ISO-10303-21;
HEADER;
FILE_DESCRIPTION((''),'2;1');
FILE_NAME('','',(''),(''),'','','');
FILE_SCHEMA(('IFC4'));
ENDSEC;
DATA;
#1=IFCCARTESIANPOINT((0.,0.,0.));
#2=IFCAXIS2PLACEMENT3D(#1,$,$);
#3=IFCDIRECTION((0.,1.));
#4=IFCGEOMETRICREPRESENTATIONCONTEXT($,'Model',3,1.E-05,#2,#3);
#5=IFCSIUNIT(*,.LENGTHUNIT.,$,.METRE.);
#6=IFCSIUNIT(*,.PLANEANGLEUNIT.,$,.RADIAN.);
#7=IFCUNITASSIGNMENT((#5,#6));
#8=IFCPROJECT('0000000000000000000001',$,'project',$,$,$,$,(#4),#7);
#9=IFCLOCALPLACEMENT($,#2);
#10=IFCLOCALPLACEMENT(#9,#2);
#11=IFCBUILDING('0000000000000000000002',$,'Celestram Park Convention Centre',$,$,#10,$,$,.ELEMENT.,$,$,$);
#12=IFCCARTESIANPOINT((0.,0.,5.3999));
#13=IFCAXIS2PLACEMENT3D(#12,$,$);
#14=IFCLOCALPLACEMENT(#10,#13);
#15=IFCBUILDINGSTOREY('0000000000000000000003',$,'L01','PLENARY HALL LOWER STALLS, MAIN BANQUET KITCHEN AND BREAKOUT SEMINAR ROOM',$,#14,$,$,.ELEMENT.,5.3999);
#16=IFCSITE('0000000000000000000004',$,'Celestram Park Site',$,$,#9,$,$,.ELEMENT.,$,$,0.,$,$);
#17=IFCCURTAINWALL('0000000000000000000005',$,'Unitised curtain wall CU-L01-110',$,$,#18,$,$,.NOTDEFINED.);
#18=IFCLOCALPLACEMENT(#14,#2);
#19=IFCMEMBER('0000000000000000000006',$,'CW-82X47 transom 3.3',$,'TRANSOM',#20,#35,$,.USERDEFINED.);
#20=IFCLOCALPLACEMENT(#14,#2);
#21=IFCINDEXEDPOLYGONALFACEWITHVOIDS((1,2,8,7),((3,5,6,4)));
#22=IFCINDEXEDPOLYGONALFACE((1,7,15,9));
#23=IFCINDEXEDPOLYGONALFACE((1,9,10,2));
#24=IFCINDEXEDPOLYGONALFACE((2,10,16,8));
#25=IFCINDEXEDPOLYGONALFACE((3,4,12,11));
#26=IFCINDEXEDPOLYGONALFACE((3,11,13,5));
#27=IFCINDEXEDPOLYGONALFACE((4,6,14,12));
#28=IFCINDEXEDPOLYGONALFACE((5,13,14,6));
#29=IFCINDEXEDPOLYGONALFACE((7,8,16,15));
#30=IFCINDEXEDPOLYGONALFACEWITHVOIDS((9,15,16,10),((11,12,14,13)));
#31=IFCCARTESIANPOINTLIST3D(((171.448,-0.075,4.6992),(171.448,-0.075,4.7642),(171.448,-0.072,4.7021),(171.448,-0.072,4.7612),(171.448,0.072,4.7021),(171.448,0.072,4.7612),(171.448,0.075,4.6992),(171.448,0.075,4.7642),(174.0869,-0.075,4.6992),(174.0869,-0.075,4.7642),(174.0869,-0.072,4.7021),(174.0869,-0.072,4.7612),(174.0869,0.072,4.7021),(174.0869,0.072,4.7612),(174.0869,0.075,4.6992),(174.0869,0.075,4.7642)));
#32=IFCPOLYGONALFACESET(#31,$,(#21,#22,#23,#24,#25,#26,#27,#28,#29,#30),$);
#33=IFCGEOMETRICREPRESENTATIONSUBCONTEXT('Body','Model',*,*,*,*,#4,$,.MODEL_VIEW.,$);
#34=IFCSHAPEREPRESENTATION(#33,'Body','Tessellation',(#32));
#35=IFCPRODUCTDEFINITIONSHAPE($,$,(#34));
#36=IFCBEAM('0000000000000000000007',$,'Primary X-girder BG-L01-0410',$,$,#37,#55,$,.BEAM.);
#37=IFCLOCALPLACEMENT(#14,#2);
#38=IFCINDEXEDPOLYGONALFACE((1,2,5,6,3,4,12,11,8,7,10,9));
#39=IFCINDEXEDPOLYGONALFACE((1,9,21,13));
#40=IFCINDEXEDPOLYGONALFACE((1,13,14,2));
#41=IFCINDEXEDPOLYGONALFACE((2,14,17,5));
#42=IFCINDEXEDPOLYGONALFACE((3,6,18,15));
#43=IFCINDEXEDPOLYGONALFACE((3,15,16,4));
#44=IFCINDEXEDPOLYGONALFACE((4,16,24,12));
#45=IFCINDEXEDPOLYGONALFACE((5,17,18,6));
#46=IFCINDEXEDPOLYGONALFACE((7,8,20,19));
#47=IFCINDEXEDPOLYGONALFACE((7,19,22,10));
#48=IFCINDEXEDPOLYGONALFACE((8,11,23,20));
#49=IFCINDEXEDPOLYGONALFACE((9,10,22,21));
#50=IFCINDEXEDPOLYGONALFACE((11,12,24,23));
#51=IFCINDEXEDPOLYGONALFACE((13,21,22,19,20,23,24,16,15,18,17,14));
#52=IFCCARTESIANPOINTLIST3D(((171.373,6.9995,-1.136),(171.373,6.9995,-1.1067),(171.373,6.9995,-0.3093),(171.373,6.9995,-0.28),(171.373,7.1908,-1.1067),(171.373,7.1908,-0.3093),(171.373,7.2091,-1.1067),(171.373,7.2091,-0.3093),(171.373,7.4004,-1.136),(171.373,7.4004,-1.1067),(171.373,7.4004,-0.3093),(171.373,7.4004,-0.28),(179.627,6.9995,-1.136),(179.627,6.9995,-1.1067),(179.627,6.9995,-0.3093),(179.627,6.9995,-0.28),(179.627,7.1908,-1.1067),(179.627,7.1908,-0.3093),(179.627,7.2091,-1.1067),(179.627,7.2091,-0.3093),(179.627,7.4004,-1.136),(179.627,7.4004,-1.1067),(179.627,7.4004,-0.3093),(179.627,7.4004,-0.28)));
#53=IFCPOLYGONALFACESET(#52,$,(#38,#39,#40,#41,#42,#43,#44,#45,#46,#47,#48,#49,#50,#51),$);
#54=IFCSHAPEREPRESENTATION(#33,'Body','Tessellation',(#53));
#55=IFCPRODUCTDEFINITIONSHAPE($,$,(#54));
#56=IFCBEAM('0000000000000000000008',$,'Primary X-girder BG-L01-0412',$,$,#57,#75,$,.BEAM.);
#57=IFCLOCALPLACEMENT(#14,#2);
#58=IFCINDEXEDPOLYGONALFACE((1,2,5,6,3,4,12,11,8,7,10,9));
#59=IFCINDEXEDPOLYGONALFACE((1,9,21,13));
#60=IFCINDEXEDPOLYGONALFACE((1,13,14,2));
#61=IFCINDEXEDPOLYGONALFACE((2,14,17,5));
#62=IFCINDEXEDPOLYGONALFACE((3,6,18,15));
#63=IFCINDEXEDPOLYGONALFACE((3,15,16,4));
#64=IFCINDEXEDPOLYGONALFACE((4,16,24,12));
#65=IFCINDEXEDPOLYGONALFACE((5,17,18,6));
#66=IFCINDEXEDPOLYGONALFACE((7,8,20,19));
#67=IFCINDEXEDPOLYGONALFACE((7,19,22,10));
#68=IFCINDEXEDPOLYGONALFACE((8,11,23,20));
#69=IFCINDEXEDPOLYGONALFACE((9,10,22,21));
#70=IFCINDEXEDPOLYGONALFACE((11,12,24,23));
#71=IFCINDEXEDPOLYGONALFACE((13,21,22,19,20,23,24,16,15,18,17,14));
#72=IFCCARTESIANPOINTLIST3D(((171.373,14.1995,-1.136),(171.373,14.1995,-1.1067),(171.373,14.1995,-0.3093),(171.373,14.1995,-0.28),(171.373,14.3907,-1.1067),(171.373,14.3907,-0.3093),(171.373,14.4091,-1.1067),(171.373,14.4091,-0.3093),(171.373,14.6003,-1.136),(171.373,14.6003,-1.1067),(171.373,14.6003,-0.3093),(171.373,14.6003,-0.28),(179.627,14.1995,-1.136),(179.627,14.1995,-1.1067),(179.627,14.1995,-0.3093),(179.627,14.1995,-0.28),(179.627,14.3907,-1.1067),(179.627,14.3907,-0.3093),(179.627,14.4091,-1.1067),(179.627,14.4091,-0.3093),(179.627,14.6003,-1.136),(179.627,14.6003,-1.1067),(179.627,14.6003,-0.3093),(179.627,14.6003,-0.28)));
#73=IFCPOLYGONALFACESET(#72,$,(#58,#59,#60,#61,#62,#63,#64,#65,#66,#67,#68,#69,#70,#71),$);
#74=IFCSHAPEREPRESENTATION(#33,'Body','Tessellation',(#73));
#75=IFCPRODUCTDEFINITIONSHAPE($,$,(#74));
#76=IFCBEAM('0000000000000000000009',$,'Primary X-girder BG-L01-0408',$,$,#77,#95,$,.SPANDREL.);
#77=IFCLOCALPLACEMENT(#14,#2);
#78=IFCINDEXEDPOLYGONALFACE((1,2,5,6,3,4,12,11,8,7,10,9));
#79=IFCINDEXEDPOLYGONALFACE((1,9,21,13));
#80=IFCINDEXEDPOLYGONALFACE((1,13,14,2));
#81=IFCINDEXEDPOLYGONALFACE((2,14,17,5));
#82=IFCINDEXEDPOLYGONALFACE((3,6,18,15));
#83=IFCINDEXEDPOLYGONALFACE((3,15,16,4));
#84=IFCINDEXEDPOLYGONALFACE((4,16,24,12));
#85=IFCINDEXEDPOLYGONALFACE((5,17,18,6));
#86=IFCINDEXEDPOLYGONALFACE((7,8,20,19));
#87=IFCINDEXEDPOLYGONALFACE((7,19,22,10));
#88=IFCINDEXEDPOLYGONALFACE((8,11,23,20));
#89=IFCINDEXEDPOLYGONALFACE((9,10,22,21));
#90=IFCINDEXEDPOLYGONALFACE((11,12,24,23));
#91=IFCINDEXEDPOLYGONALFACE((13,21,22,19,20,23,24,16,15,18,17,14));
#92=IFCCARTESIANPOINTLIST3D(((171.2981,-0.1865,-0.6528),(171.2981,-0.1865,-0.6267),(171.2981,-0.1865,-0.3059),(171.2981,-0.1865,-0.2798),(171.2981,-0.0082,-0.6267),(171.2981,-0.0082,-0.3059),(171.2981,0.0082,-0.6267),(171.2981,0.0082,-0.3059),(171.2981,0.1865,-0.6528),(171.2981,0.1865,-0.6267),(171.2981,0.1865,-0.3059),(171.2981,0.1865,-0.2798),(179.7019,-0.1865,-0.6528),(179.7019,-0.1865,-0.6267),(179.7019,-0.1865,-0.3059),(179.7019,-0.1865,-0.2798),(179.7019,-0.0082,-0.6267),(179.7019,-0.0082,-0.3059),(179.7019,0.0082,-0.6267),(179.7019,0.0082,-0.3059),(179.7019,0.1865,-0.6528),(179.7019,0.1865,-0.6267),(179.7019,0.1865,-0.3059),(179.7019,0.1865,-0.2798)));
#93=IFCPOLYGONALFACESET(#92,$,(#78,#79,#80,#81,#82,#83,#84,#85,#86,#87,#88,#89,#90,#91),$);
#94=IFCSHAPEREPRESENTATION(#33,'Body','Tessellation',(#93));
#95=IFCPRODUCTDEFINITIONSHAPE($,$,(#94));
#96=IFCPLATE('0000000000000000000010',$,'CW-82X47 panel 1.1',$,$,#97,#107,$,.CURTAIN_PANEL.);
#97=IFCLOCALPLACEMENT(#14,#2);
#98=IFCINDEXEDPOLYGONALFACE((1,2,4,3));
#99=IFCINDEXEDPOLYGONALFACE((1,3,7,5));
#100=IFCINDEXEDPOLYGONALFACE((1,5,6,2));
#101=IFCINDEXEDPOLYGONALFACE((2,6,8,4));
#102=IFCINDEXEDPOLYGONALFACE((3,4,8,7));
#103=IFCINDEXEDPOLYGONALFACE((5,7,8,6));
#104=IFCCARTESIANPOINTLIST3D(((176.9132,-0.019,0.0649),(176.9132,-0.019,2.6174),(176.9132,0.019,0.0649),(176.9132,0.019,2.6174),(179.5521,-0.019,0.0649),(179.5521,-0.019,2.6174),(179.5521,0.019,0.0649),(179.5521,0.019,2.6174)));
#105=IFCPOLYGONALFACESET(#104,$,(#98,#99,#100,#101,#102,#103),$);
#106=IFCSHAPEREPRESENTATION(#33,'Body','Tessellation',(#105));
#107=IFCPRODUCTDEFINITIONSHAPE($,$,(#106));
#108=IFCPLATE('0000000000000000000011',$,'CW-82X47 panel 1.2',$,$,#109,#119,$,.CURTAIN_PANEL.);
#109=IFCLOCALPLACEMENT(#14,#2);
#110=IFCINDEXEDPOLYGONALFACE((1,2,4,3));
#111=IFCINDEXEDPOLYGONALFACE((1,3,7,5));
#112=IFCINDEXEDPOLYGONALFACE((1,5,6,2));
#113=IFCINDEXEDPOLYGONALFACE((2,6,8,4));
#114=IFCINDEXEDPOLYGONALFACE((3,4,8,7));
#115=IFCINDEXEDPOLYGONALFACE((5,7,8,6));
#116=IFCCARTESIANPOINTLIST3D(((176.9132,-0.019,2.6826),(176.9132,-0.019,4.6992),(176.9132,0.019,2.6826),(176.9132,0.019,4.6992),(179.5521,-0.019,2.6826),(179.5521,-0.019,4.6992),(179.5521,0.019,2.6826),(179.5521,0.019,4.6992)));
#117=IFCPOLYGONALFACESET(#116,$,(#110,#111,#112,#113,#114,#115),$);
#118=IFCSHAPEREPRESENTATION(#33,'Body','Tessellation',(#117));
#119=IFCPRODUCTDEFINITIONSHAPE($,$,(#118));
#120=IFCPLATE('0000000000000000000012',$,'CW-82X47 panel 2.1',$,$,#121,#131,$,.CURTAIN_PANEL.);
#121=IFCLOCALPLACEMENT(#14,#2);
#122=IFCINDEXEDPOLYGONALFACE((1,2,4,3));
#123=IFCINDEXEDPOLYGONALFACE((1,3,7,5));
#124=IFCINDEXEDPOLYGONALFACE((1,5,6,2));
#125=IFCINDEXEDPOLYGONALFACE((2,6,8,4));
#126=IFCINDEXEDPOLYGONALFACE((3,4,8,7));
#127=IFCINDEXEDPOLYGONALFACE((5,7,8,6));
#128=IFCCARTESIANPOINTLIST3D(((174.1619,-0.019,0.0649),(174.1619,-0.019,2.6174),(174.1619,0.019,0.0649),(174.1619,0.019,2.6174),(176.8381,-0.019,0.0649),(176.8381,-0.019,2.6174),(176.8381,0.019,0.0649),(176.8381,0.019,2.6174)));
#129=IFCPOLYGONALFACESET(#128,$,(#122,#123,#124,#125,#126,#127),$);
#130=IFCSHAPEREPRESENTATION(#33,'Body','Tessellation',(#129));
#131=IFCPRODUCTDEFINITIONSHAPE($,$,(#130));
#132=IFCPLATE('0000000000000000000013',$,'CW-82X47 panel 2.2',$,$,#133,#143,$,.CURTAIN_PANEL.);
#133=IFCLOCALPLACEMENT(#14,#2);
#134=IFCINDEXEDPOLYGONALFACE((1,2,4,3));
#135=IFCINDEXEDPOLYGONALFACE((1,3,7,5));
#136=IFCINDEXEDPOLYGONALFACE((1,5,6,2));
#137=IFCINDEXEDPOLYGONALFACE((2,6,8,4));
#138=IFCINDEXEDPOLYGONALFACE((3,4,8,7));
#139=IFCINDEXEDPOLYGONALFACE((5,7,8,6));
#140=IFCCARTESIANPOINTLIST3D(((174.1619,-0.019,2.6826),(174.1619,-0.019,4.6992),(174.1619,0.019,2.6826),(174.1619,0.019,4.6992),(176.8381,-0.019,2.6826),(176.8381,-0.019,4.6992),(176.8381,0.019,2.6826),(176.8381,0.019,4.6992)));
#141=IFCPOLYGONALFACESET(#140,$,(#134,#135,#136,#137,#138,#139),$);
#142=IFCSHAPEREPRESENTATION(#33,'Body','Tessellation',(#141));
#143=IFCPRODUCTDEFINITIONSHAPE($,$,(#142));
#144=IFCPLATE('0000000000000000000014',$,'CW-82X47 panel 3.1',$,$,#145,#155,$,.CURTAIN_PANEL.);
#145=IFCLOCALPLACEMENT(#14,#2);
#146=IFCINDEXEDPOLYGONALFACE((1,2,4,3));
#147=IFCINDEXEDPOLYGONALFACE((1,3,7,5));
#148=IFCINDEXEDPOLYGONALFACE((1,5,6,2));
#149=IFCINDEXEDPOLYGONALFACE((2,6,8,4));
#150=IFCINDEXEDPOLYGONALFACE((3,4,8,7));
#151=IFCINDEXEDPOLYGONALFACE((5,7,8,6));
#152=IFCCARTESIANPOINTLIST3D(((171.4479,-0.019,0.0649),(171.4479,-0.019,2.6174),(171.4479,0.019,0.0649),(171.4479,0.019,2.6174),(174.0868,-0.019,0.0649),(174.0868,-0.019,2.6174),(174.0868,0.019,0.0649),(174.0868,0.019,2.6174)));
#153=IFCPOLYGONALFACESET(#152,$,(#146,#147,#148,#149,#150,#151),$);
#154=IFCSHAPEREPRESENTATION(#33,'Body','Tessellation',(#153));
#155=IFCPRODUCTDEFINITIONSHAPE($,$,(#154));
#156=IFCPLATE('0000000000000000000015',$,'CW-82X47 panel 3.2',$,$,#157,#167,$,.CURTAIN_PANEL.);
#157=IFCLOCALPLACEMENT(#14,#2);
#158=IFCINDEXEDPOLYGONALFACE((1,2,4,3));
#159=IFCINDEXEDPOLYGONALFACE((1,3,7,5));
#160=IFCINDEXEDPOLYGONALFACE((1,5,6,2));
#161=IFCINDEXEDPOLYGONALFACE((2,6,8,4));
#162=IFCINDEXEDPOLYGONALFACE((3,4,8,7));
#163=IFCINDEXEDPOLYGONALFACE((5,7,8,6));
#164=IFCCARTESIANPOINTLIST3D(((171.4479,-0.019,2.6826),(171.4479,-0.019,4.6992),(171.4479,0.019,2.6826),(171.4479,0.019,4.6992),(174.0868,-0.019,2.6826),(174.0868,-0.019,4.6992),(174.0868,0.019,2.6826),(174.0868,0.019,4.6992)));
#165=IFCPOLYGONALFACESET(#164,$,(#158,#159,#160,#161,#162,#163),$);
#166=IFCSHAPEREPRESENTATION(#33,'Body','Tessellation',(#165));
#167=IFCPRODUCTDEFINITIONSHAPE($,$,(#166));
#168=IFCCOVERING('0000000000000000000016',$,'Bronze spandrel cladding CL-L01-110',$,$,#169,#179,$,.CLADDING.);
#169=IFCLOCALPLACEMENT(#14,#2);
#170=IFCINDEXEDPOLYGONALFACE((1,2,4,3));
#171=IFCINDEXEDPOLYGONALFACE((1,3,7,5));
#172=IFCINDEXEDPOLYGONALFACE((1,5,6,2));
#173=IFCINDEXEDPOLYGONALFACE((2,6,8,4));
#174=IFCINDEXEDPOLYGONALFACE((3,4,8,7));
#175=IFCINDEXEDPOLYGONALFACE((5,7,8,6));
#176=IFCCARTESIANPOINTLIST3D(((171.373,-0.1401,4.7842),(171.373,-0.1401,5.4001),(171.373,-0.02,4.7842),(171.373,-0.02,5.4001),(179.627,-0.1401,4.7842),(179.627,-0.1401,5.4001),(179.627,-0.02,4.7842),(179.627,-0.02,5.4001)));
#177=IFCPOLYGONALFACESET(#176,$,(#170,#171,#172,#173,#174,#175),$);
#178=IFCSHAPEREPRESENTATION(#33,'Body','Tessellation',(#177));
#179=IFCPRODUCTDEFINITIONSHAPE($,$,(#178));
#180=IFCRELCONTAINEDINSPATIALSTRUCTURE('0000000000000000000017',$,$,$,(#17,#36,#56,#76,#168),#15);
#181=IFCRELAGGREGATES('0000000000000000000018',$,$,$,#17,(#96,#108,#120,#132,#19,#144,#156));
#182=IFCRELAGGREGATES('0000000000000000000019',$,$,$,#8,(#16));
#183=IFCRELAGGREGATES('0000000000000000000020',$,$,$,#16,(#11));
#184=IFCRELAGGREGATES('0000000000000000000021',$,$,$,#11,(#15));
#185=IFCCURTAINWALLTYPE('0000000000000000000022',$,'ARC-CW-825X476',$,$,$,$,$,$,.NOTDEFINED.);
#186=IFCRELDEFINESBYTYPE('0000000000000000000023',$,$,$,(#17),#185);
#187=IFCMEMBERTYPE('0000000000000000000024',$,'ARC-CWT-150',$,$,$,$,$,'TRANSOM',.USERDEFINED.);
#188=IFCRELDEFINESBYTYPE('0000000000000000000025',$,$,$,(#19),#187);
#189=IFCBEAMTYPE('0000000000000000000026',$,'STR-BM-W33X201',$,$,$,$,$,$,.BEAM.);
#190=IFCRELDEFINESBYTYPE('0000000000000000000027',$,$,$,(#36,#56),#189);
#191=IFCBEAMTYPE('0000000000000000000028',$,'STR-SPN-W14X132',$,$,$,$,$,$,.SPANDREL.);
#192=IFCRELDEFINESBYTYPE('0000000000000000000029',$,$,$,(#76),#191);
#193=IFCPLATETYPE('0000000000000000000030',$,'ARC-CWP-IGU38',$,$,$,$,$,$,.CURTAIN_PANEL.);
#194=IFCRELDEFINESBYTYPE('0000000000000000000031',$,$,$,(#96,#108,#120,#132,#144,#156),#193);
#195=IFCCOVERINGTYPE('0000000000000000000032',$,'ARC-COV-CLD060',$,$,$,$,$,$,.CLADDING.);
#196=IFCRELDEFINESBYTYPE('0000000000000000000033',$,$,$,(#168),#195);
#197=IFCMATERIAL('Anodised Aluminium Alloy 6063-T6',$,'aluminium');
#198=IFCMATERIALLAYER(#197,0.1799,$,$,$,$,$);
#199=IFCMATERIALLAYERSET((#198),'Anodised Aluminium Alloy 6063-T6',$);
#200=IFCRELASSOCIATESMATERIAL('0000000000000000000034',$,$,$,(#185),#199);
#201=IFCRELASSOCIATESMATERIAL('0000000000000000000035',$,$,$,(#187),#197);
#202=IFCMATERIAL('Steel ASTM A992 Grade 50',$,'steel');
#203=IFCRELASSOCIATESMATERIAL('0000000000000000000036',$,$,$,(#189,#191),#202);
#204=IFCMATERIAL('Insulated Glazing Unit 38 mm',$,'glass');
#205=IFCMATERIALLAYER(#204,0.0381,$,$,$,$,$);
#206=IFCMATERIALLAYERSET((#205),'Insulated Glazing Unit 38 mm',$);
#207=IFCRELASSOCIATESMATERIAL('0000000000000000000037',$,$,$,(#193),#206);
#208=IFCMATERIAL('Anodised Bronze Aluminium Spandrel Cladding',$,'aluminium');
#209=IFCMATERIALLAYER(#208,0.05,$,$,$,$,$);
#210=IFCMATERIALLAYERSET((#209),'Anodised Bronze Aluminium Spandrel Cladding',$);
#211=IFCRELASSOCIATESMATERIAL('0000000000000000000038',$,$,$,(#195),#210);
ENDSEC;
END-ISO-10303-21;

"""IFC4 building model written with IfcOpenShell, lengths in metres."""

from ifc_helpers import new_model, si_unit, direction, frame, origin, origin_2d, place, context, subcontext, project, spatial, rectangle, hollow_rectangle, i_section, extrude, material, layer, layer_set, material_profile, profile_set, type_object, element, aggregate, save


model = new_model("IFC4")

# Units and contexts
model_context = context("Model", 3, precision=1e-05, world=origin(), true_north=direction((0.0, 1.0)))
body_context = subcontext(model_context, "Body", "Model", "MODEL_VIEW")
ifc_project = project(units=[si_unit("LENGTHUNIT", "METRE"), si_unit("PLANEANGLEUNIT", "RADIAN")], contexts=[model_context])

# Site, building, storey
site_placement = place(None, origin())
site = spatial("IfcSite", under=ifc_project, at=site_placement, Name="Celestram Park Site", CompositionType="ELEMENT", RefElevation=0.0)
building_placement = place(site_placement, origin())
building = spatial("IfcBuilding", under=site, at=building_placement, Name="Celestram Park Convention Centre", CompositionType="ELEMENT")
storey_placement = place(building_placement, frame((0.0, 0.0, 5.3999)))
storey = spatial("IfcBuildingStorey", under=building, at=storey_placement, Name="L01", Description="PLENARY HALL LOWER STALLS, MAIN BANQUET KITCHEN AND BREAKOUT SEMINAR ROOM", CompositionType="ELEMENT", Elevation=5.3999)

# Curtain wall, member
ifc_material_1 = material(Name="Anodised Aluminium Alloy 6063-T6", Category="aluminium")
ifc_layer_1 = layer(ifc_material_1, 0.1799)
ifc_layer_set_1 = layer_set([ifc_layer_1], Name="Anodised Aluminium Alloy 6063-T6")
curtain_wall_type = type_object("IfcCurtainWallType", Name="ARC-CW-825X476", PredefinedType="NOTDEFINED", material=ifc_layer_set_1)
curtain_wall_placement = place(storey_placement, origin())
curtain_wall = element("IfcCurtainWall", 1, at=curtain_wall_placement, inside=storey, type_object=curtain_wall_type, Name="Unitised curtain wall CU-L01-110", PredefinedType="NOTDEFINED")
ifc_material_profile_1 = material_profile(ifc_material_1, hollow_rectangle(XDim=0.1499, YDim=0.0649, WallThickness=0.0029, at=origin_2d()), Name="ALU150X65X3")
ifc_profile_set_1 = profile_set([ifc_material_profile_1], Name="Anodised Aluminium Alloy 6063-T6")
member_type_1 = type_object("IfcMemberType", Name="ARC-CWT-150", ElementType="TRANSOM", PredefinedType="USERDEFINED", material=ifc_profile_set_1)
member_1_placement = place(storey_placement, frame((174.0869, 0.0, 4.7317), z_axis=(-1.0, 0.0, 0.0), x_axis=(0.0, -1.0, 0.0)))
member_1 = element("IfcMember", 2, at=member_1_placement, type_object=member_type_1, Name="CW-82X47 transom 3.3", ObjectType="TRANSOM", PredefinedType="USERDEFINED", context=body_context, shape_type="SweptSolid", body=[
    extrude(hollow_rectangle(XDim=0.1499, YDim=0.0649, WallThickness=0.0029, at=origin_2d()), origin(), (0.0, 0.0, 1.0), 2.6389),
])

# Beams
ifc_material_2 = material(Name="Steel ASTM A992 Grade 50", Category="steel")
ifc_material_profile_2 = material_profile(ifc_material_2, i_section(OverallWidth=0.4009, OverallDepth=0.856, WebThickness=0.0183, FlangeThickness=0.0293, at=origin_2d()), Name="W33X201")
ifc_profile_set_2 = profile_set([ifc_material_profile_2], Name="Steel ASTM A992 Grade 50")
beam_type_1 = type_object("IfcBeamType", Name="STR-BM-W33X201", PredefinedType="BEAM", material=ifc_profile_set_2)
for number, where, z_axis, x_axis, name in (
    (3, (171.373, 7.2, -0.708), (1.0, 0.0, 0.0), (0.0, 1.0, 0.0), "Primary X-girder BG-L01-0410"),
    (4, (171.373, 14.3999, -0.708), (1.0, 0.0, 0.0), (0.0, 1.0, 0.0), "Primary X-girder BG-L01-0412"),
):
    element("IfcBeam", number, at=place(storey_placement, frame(where, z_axis=z_axis, x_axis=x_axis)), inside=storey, type_object=beam_type_1, Name=name, PredefinedType="BEAM", context=body_context, shape_type="SweptSolid", body=[
        extrude(i_section(OverallWidth=0.4009, OverallDepth=0.856, WebThickness=0.0183, FlangeThickness=0.0293, at=origin_2d()), origin(), (0.0, 0.0, 1.0), 8.2539),
    ])
ifc_material_profile_3 = material_profile(ifc_material_2, i_section(OverallWidth=0.373, OverallDepth=0.373, WebThickness=0.0164, FlangeThickness=0.0261, at=origin_2d()), Name="W14X132")
ifc_profile_set_3 = profile_set([ifc_material_profile_3], Name="Steel ASTM A992 Grade 50")
beam_type_2 = type_object("IfcBeamType", Name="STR-SPN-W14X132", PredefinedType="SPANDREL", material=ifc_profile_set_3)
beam_placement = place(storey_placement, frame((171.2981, 0.0, -0.4663), z_axis=(1.0, 0.0, 0.0), x_axis=(0.0, 1.0, 0.0)))
element("IfcBeam", 5, at=beam_placement, inside=storey, type_object=beam_type_2, Name="Primary X-girder BG-L01-0408", PredefinedType="SPANDREL", context=body_context, shape_type="SweptSolid", body=[
    extrude(i_section(OverallWidth=0.373, OverallDepth=0.373, WebThickness=0.0164, FlangeThickness=0.0261, at=origin_2d()), origin(), (0.0, 0.0, 1.0), 8.4038),
])

# Plates
ifc_material_3 = material(Name="Insulated Glazing Unit 38 mm", Category="glass")
ifc_layer_2 = layer(ifc_material_3, 0.0381)
ifc_layer_set_2 = layer_set([ifc_layer_2], Name="Insulated Glazing Unit 38 mm")
plate_type = type_object("IfcPlateType", Name="ARC-CWP-IGU38", PredefinedType="CURTAIN_PANEL", material=ifc_layer_set_2)
plate_1_placement = place(storey_placement, frame((178.2327, 0.0, 0.0649), z_axis=(0.0, 0.0, 1.0), x_axis=(-1.0, 0.0, 0.0)))
plate_1 = element("IfcPlate", 6, at=plate_1_placement, type_object=plate_type, Name="CW-82X47 panel 1.1", PredefinedType="CURTAIN_PANEL", context=body_context, shape_type="SweptSolid", body=[
    extrude(rectangle(XDim=2.6389, YDim=0.0381, at=origin_2d()), origin(), (0.0, 0.0, 1.0), 2.5525),
])
plate_2_placement = place(storey_placement, frame((178.2327, 0.0, 2.6826), z_axis=(0.0, 0.0, 1.0), x_axis=(-1.0, 0.0, 0.0)))
plate_2 = element("IfcPlate", 7, at=plate_2_placement, type_object=plate_type, Name="CW-82X47 panel 1.2", PredefinedType="CURTAIN_PANEL", context=body_context, shape_type="SweptSolid", body=[
    extrude(rectangle(XDim=2.6389, YDim=0.0381, at=origin_2d()), origin(), (0.0, 0.0, 1.0), 2.0166),
])
plate_3_placement = place(storey_placement, frame((175.5, 0.0, 0.0649), z_axis=(0.0, 0.0, 1.0), x_axis=(-1.0, 0.0, 0.0)))
plate_3 = element("IfcPlate", 8, at=plate_3_placement, type_object=plate_type, Name="CW-82X47 panel 2.1", PredefinedType="CURTAIN_PANEL", context=body_context, shape_type="SweptSolid", body=[
    extrude(rectangle(XDim=2.6763, YDim=0.0381, at=origin_2d()), origin(), (0.0, 0.0, 1.0), 2.5525),
])
plate_4_placement = place(storey_placement, frame((175.5, 0.0, 2.6826), z_axis=(0.0, 0.0, 1.0), x_axis=(-1.0, 0.0, 0.0)))
plate_4 = element("IfcPlate", 9, at=plate_4_placement, type_object=plate_type, Name="CW-82X47 panel 2.2", PredefinedType="CURTAIN_PANEL", context=body_context, shape_type="SweptSolid", body=[
    extrude(rectangle(XDim=2.6763, YDim=0.0381, at=origin_2d()), origin(), (0.0, 0.0, 1.0), 2.0166),
])
plate_5_placement = place(storey_placement, frame((172.7673, 0.0, 0.0649), z_axis=(0.0, 0.0, 1.0), x_axis=(-1.0, 0.0, 0.0)))
plate_5 = element("IfcPlate", 10, at=plate_5_placement, type_object=plate_type, Name="CW-82X47 panel 3.1", PredefinedType="CURTAIN_PANEL", context=body_context, shape_type="SweptSolid", body=[
    extrude(rectangle(XDim=2.6389, YDim=0.0381, at=origin_2d()), origin(), (0.0, 0.0, 1.0), 2.5525),
])
plate_6_placement = place(storey_placement, frame((172.7673, 0.0, 2.6826), z_axis=(0.0, 0.0, 1.0), x_axis=(-1.0, 0.0, 0.0)))
plate_6 = element("IfcPlate", 11, at=plate_6_placement, type_object=plate_type, Name="CW-82X47 panel 3.2", PredefinedType="CURTAIN_PANEL", context=body_context, shape_type="SweptSolid", body=[
    extrude(rectangle(XDim=2.6389, YDim=0.0381, at=origin_2d()), origin(), (0.0, 0.0, 1.0), 2.0166),
])
aggregate(curtain_wall, [plate_1, plate_2, plate_3, plate_4, member_1, plate_5, plate_6])

# Covering
ifc_material_4 = material(Name="Anodised Bronze Aluminium Spandrel Cladding", Category="aluminium")
ifc_layer_3 = layer(ifc_material_4, 0.05)
ifc_layer_set_3 = layer_set([ifc_layer_3], Name="Anodised Bronze Aluminium Spandrel Cladding")
covering_type_1 = type_object("IfcCoveringType", Name="ARC-COV-CLD060", PredefinedType="CLADDING", material=ifc_layer_set_3)
covering_1_placement = place(storey_placement, frame((175.5, -0.0801, 4.7842), z_axis=(0.0, 0.0, 1.0), x_axis=(-1.0, 0.0, 0.0)))
element("IfcCovering", 12, at=covering_1_placement, inside=storey, type_object=covering_type_1, Name="Bronze spandrel cladding CL-L01-110", PredefinedType="CLADDING", context=body_context, shape_type="SweptSolid", body=[
    extrude(rectangle(XDim=8.2539, YDim=0.1201, at=origin_2d()), origin(), (0.0, 0.0, 1.0), 0.616),
])

save(model, "model.ifc")
